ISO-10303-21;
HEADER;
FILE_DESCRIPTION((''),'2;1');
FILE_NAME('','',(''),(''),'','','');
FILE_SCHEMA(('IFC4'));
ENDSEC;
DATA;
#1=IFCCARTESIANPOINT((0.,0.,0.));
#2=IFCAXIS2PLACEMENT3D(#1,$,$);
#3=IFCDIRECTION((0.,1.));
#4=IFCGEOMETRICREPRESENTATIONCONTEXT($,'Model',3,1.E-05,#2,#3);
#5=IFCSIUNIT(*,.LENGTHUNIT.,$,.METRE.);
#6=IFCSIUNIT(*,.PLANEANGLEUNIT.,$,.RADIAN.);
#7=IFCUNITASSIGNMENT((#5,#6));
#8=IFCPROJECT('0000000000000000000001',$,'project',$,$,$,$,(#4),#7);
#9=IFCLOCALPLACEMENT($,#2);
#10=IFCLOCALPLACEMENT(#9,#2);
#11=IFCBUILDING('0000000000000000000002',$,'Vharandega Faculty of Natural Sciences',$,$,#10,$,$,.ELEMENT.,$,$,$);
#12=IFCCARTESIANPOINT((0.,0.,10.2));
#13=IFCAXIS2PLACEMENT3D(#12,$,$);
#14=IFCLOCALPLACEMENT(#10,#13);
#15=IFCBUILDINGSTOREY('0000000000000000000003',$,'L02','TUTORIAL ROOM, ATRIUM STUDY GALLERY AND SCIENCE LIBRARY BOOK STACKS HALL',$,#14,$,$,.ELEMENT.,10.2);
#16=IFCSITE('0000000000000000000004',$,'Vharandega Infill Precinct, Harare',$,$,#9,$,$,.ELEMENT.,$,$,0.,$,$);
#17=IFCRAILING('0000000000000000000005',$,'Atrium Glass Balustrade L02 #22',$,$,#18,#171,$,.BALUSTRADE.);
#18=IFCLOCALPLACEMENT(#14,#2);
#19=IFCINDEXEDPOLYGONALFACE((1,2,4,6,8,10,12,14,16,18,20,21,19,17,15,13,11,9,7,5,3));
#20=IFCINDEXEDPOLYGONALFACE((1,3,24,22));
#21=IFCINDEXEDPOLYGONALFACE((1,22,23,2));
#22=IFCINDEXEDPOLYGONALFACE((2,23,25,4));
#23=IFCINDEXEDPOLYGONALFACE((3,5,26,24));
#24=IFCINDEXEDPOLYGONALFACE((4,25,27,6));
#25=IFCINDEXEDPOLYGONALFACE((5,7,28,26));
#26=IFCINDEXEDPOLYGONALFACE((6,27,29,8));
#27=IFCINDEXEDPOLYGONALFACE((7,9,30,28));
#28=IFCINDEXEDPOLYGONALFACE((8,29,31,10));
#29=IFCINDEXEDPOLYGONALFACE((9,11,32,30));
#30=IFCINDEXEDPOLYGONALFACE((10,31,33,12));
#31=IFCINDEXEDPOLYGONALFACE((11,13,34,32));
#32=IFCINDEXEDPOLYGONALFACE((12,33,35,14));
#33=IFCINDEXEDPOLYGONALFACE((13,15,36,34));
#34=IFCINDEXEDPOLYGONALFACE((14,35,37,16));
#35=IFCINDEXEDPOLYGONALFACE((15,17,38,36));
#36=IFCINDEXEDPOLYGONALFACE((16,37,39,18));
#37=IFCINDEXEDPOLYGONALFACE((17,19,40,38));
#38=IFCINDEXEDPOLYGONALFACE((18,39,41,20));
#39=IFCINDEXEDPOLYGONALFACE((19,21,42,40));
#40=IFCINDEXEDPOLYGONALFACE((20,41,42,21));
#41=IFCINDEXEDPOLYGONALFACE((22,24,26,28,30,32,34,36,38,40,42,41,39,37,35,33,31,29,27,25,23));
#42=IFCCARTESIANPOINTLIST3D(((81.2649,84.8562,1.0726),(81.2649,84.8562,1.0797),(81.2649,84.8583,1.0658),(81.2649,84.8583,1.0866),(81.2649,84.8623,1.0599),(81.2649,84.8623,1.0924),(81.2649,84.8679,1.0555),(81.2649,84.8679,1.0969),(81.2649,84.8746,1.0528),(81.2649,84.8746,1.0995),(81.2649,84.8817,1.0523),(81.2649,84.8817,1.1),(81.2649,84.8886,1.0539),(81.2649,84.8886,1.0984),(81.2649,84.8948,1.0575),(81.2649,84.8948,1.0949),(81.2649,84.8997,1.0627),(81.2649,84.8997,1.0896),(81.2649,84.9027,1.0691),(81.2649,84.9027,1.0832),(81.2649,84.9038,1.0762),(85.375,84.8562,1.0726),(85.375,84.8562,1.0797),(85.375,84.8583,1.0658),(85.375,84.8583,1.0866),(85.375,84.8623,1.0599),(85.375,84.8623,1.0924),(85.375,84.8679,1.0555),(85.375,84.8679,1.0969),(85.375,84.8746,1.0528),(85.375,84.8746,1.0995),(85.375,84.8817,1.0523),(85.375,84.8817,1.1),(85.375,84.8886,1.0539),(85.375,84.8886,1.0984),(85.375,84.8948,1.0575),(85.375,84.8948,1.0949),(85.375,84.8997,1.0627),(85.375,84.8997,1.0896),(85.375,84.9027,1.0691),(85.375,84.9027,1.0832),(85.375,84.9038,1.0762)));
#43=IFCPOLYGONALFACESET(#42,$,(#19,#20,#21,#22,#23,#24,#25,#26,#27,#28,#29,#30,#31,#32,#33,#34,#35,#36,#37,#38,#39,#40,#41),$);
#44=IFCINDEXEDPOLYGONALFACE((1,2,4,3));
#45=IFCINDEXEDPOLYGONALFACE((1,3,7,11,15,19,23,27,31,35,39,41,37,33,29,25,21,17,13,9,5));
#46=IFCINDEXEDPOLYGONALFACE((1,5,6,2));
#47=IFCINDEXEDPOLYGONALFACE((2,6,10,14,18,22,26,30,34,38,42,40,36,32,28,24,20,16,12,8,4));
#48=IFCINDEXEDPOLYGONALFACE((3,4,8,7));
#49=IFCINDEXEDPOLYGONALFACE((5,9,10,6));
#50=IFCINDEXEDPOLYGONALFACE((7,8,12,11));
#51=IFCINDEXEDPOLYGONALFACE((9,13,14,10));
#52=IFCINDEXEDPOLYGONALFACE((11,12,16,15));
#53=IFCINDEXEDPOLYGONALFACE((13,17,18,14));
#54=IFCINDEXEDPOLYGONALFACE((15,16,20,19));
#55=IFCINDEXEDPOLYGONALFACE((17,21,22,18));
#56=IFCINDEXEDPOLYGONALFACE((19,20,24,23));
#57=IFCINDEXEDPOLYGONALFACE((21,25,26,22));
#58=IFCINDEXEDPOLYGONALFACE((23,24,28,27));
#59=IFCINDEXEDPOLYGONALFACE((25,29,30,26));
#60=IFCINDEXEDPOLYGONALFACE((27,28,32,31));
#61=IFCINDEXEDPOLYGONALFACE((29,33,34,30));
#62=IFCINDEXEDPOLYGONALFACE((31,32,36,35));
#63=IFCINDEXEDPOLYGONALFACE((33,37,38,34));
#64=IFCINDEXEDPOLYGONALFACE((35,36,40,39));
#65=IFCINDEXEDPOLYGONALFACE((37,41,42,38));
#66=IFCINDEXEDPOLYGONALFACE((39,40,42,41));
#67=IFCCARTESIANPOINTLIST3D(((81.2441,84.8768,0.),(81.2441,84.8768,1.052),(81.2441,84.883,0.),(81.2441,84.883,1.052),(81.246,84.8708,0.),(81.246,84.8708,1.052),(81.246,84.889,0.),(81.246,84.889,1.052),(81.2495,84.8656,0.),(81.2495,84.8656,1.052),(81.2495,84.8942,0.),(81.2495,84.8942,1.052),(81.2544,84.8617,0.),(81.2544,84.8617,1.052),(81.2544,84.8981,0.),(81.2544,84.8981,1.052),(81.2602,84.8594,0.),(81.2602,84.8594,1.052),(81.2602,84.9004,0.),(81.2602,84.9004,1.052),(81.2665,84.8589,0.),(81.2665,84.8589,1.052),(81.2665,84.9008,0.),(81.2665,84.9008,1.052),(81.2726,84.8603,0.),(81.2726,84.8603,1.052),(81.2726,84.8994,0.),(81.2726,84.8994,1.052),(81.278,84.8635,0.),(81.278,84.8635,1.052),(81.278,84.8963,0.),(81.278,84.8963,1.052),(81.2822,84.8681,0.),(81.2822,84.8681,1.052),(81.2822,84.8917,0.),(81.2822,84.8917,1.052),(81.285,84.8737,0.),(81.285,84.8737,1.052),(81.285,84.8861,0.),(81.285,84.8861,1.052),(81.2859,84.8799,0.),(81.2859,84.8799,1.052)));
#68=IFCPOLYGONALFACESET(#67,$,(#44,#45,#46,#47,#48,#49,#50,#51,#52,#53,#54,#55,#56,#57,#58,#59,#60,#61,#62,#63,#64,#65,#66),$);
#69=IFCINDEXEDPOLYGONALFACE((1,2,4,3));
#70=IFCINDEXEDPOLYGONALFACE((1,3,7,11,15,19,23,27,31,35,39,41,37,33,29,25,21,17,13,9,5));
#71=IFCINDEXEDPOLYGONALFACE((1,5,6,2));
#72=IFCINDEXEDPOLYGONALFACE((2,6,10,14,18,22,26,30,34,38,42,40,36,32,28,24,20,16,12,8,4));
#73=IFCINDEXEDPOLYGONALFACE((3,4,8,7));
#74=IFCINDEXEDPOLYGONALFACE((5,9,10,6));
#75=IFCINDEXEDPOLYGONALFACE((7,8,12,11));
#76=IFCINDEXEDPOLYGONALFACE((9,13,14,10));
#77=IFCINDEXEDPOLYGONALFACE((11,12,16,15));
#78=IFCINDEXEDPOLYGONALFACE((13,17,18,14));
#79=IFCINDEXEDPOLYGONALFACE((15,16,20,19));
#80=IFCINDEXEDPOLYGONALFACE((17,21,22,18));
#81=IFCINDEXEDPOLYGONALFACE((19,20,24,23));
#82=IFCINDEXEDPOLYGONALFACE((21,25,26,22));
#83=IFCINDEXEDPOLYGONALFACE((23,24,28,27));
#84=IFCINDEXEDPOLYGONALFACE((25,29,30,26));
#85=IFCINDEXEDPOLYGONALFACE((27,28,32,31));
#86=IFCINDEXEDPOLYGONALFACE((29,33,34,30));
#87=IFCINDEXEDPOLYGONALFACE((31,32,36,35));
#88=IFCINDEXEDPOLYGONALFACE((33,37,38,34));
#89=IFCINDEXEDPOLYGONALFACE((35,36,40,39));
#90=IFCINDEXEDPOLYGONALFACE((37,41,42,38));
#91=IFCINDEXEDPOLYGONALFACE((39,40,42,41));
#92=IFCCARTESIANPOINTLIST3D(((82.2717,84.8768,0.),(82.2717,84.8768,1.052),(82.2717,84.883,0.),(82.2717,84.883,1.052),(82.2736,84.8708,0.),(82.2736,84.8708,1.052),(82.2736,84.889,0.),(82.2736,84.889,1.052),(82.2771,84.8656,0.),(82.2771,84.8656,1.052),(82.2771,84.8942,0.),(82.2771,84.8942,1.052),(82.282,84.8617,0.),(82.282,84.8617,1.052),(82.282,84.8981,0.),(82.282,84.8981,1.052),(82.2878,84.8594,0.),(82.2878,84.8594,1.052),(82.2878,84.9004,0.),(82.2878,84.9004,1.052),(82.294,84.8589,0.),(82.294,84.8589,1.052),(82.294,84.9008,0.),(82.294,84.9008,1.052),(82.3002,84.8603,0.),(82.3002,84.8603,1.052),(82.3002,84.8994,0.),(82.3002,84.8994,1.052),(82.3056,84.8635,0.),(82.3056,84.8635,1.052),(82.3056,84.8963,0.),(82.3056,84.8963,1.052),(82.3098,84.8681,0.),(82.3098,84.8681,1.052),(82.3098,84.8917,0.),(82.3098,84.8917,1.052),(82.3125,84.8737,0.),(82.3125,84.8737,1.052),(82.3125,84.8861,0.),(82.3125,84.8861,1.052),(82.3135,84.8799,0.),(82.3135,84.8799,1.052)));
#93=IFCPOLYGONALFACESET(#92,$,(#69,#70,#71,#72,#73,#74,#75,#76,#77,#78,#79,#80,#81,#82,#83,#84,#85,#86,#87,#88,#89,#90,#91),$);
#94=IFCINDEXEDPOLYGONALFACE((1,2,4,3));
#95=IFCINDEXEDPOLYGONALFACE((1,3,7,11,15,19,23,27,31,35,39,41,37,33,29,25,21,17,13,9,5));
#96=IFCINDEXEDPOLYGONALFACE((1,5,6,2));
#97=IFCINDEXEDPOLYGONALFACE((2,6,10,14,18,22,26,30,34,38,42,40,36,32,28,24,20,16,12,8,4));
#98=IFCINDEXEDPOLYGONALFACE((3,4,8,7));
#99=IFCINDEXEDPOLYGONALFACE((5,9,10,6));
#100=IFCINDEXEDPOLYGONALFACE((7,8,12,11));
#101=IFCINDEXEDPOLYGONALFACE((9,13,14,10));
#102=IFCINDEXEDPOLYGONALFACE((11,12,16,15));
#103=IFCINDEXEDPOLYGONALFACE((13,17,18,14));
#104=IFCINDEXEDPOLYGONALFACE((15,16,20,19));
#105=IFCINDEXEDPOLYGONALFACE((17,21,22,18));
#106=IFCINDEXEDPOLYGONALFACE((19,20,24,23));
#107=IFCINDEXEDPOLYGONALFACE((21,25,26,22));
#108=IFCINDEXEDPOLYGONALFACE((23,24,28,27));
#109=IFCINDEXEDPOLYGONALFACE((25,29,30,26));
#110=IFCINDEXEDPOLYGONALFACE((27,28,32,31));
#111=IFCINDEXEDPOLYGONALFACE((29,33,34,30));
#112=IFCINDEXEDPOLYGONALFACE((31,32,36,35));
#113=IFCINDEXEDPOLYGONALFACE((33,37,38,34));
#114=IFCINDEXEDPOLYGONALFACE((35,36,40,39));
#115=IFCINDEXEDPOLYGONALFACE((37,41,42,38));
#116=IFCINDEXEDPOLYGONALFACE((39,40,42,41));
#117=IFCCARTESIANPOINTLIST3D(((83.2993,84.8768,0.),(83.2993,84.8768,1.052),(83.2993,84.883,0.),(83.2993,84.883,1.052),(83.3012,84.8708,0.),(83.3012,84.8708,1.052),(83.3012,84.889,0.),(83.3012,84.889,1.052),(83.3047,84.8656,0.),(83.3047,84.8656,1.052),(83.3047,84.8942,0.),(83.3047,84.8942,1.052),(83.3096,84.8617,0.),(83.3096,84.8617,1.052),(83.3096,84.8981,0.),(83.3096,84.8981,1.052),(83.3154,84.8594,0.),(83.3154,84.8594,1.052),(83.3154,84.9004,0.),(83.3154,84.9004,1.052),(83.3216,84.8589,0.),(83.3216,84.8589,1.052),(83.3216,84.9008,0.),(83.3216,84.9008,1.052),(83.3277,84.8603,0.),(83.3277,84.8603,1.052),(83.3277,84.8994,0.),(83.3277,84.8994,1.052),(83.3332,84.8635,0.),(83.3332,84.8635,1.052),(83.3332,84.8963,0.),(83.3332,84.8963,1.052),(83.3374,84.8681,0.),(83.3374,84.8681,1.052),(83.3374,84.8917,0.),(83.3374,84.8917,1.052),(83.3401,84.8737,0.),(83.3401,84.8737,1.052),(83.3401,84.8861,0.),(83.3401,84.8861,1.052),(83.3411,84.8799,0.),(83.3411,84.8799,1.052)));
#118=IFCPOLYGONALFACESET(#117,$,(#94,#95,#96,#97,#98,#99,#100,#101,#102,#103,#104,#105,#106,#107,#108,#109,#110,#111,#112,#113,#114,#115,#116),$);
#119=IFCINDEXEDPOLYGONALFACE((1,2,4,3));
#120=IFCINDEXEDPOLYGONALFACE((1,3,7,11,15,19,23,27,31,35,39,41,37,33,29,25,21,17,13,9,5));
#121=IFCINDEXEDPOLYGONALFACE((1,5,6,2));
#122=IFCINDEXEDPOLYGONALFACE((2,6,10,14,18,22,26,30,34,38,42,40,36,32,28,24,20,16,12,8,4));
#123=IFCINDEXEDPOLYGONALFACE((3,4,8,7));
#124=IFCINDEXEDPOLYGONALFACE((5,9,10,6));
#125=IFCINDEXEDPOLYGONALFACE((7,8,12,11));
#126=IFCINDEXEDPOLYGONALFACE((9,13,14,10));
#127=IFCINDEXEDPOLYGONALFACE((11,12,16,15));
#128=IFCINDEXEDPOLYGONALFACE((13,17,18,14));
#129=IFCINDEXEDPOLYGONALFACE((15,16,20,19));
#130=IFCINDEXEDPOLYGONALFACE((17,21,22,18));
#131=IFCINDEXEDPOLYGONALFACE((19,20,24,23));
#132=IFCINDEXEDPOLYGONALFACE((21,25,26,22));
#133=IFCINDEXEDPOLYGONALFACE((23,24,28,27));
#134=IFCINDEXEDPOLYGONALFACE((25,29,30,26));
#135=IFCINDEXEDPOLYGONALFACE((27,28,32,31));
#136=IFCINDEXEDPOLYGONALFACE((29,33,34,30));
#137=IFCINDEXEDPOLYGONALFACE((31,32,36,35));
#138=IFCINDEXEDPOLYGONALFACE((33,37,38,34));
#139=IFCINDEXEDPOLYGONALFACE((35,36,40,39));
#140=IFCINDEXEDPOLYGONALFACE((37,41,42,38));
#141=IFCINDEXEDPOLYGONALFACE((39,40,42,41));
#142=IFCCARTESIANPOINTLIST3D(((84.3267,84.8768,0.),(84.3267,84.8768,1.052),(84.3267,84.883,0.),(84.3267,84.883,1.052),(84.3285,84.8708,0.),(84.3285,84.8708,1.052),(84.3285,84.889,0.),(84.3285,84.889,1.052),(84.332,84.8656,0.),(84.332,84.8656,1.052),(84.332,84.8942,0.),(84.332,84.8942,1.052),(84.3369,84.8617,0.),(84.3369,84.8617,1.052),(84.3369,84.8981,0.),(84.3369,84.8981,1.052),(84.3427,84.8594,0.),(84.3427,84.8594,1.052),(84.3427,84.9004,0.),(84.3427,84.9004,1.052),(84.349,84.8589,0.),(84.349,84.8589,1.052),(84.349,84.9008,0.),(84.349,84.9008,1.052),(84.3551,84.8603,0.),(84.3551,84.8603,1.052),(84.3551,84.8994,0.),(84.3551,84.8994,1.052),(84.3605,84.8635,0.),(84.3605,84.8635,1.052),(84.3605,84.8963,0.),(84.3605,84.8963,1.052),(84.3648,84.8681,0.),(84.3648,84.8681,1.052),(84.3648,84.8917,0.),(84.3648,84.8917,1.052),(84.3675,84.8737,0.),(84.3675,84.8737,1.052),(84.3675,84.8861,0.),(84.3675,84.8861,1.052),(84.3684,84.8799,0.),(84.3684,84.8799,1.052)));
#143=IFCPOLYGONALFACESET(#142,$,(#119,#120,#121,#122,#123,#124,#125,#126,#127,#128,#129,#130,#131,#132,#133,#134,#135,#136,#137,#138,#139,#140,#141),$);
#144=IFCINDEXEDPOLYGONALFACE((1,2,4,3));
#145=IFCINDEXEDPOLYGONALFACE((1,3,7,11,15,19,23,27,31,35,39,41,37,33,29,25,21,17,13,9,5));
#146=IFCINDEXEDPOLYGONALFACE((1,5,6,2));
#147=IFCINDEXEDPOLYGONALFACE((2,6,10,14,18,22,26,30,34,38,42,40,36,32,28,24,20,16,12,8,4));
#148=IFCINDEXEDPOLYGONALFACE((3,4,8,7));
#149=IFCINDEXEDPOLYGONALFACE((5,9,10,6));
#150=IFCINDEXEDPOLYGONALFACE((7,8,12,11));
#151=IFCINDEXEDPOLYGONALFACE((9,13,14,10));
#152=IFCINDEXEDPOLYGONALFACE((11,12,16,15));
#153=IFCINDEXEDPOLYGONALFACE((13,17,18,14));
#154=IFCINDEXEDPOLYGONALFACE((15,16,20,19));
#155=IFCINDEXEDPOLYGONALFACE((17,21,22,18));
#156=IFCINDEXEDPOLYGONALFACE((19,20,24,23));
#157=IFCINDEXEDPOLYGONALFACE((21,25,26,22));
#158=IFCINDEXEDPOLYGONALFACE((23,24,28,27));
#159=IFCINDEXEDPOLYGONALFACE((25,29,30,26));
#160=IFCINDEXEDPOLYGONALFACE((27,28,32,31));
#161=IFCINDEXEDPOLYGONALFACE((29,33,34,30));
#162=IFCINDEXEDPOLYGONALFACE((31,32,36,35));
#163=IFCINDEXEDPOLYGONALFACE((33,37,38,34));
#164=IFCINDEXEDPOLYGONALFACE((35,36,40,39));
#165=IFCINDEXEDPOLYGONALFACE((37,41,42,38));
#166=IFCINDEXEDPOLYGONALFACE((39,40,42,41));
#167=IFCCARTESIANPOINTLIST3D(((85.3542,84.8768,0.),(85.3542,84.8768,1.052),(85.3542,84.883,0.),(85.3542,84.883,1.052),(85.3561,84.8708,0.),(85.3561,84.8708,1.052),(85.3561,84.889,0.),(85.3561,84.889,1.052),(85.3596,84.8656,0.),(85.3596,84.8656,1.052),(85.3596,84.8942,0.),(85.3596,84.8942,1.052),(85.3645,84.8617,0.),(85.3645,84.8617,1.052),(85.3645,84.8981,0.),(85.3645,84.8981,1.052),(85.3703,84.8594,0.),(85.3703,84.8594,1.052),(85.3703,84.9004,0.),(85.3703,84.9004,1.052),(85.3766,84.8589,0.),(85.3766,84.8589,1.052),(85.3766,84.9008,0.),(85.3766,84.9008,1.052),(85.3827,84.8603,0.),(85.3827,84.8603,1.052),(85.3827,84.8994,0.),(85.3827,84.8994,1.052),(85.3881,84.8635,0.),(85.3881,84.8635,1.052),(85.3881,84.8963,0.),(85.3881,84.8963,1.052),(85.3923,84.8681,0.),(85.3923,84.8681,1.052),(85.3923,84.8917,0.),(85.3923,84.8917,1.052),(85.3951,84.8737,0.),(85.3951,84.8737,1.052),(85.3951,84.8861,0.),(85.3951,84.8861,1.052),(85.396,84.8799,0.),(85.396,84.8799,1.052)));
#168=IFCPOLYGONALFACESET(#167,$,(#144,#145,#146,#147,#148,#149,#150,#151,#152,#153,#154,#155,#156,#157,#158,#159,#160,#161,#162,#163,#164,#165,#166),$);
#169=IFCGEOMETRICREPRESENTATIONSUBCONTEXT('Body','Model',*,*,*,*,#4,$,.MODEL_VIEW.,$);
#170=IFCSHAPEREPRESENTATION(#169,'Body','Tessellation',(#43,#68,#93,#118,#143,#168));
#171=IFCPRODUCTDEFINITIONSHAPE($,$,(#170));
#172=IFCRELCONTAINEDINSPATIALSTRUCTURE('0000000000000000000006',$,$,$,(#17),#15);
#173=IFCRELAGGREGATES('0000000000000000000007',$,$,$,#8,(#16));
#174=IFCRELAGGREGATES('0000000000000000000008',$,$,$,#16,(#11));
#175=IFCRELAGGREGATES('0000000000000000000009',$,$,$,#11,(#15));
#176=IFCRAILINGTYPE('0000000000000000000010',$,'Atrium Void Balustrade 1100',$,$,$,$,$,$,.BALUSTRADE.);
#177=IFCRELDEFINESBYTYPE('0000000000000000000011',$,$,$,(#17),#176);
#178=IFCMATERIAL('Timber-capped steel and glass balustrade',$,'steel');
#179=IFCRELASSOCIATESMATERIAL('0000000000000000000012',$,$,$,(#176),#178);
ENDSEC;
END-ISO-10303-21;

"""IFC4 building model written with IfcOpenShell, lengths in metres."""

from ifc_helpers import new_model, si_unit, direction, frame, origin, origin_2d, place, context, subcontext, project, spatial, circle, extrude, material, type_object, element, save


model = new_model("IFC4")

# Units and contexts
model_context = context("Model", 3, precision=1e-05, world=origin(), true_north=direction((0.0, 1.0)))
body_context = subcontext(model_context, "Body", "Model", "MODEL_VIEW")
ifc_project = project(units=[si_unit("LENGTHUNIT", "METRE"), si_unit("PLANEANGLEUNIT", "RADIAN")], contexts=[model_context])

# Site, building, storey
site_placement = place(None, origin())
site = spatial("IfcSite", under=ifc_project, at=site_placement, Name="Vharandega Infill Precinct, Harare", CompositionType="ELEMENT", RefElevation=0.0)
building_placement = place(site_placement, origin())
building = spatial("IfcBuilding", under=site, at=building_placement, Name="Vharandega Faculty of Natural Sciences", CompositionType="ELEMENT")
storey_placement = place(building_placement, frame((0.0, 0.0, 10.2)))
storey = spatial("IfcBuildingStorey", under=building, at=storey_placement, Name="L02", Description="TUTORIAL ROOM, ATRIUM STUDY GALLERY AND SCIENCE LIBRARY BOOK STACKS HALL", CompositionType="ELEMENT", Elevation=10.2)

# Railing
ifc_material_1 = material(Name="Timber-capped steel and glass balustrade", Category="steel")
railing_type = type_object("IfcRailingType", Name="Atrium Void Balustrade 1100", PredefinedType="BALUSTRADE", material=ifc_material_1)
railing_1_placement = place(storey_placement, frame((81.2649, 84.8799, 0.0)))
element("IfcRailing", 1, at=railing_1_placement, inside=storey, type_object=railing_type, Name="Atrium Glass Balustrade L02 #22", PredefinedType="BALUSTRADE", context=body_context, shape_type="SweptSolid", body=[
    extrude(circle(Radius=0.0239, at=origin_2d()), frame((0.0, 0.0, 1.0762), z_axis=(1.0, 0.0, 0.0), x_axis=(0.0, 1.0, 0.0)), (0.0, 0.0, 1.0), 4.1101),
    extrude(circle(Radius=0.021, at=origin_2d()), origin(), (0.0, 0.0, 1.0), 1.052),
    extrude(circle(Radius=0.021, at=origin_2d()), frame((1.0276, 0.0, 0.0)), (0.0, 0.0, 1.0), 1.052),
    extrude(circle(Radius=0.021, at=origin_2d()), frame((2.0552, 0.0, 0.0)), (0.0, 0.0, 1.0), 1.052),
    extrude(circle(Radius=0.021, at=origin_2d()), frame((3.0825, 0.0, 0.0)), (0.0, 0.0, 1.0), 1.052),
    extrude(circle(Radius=0.021, at=origin_2d()), frame((4.1101, 0.0, 0.0)), (0.0, 0.0, 1.0), 1.052),
])

save(model, "model.ifc")
